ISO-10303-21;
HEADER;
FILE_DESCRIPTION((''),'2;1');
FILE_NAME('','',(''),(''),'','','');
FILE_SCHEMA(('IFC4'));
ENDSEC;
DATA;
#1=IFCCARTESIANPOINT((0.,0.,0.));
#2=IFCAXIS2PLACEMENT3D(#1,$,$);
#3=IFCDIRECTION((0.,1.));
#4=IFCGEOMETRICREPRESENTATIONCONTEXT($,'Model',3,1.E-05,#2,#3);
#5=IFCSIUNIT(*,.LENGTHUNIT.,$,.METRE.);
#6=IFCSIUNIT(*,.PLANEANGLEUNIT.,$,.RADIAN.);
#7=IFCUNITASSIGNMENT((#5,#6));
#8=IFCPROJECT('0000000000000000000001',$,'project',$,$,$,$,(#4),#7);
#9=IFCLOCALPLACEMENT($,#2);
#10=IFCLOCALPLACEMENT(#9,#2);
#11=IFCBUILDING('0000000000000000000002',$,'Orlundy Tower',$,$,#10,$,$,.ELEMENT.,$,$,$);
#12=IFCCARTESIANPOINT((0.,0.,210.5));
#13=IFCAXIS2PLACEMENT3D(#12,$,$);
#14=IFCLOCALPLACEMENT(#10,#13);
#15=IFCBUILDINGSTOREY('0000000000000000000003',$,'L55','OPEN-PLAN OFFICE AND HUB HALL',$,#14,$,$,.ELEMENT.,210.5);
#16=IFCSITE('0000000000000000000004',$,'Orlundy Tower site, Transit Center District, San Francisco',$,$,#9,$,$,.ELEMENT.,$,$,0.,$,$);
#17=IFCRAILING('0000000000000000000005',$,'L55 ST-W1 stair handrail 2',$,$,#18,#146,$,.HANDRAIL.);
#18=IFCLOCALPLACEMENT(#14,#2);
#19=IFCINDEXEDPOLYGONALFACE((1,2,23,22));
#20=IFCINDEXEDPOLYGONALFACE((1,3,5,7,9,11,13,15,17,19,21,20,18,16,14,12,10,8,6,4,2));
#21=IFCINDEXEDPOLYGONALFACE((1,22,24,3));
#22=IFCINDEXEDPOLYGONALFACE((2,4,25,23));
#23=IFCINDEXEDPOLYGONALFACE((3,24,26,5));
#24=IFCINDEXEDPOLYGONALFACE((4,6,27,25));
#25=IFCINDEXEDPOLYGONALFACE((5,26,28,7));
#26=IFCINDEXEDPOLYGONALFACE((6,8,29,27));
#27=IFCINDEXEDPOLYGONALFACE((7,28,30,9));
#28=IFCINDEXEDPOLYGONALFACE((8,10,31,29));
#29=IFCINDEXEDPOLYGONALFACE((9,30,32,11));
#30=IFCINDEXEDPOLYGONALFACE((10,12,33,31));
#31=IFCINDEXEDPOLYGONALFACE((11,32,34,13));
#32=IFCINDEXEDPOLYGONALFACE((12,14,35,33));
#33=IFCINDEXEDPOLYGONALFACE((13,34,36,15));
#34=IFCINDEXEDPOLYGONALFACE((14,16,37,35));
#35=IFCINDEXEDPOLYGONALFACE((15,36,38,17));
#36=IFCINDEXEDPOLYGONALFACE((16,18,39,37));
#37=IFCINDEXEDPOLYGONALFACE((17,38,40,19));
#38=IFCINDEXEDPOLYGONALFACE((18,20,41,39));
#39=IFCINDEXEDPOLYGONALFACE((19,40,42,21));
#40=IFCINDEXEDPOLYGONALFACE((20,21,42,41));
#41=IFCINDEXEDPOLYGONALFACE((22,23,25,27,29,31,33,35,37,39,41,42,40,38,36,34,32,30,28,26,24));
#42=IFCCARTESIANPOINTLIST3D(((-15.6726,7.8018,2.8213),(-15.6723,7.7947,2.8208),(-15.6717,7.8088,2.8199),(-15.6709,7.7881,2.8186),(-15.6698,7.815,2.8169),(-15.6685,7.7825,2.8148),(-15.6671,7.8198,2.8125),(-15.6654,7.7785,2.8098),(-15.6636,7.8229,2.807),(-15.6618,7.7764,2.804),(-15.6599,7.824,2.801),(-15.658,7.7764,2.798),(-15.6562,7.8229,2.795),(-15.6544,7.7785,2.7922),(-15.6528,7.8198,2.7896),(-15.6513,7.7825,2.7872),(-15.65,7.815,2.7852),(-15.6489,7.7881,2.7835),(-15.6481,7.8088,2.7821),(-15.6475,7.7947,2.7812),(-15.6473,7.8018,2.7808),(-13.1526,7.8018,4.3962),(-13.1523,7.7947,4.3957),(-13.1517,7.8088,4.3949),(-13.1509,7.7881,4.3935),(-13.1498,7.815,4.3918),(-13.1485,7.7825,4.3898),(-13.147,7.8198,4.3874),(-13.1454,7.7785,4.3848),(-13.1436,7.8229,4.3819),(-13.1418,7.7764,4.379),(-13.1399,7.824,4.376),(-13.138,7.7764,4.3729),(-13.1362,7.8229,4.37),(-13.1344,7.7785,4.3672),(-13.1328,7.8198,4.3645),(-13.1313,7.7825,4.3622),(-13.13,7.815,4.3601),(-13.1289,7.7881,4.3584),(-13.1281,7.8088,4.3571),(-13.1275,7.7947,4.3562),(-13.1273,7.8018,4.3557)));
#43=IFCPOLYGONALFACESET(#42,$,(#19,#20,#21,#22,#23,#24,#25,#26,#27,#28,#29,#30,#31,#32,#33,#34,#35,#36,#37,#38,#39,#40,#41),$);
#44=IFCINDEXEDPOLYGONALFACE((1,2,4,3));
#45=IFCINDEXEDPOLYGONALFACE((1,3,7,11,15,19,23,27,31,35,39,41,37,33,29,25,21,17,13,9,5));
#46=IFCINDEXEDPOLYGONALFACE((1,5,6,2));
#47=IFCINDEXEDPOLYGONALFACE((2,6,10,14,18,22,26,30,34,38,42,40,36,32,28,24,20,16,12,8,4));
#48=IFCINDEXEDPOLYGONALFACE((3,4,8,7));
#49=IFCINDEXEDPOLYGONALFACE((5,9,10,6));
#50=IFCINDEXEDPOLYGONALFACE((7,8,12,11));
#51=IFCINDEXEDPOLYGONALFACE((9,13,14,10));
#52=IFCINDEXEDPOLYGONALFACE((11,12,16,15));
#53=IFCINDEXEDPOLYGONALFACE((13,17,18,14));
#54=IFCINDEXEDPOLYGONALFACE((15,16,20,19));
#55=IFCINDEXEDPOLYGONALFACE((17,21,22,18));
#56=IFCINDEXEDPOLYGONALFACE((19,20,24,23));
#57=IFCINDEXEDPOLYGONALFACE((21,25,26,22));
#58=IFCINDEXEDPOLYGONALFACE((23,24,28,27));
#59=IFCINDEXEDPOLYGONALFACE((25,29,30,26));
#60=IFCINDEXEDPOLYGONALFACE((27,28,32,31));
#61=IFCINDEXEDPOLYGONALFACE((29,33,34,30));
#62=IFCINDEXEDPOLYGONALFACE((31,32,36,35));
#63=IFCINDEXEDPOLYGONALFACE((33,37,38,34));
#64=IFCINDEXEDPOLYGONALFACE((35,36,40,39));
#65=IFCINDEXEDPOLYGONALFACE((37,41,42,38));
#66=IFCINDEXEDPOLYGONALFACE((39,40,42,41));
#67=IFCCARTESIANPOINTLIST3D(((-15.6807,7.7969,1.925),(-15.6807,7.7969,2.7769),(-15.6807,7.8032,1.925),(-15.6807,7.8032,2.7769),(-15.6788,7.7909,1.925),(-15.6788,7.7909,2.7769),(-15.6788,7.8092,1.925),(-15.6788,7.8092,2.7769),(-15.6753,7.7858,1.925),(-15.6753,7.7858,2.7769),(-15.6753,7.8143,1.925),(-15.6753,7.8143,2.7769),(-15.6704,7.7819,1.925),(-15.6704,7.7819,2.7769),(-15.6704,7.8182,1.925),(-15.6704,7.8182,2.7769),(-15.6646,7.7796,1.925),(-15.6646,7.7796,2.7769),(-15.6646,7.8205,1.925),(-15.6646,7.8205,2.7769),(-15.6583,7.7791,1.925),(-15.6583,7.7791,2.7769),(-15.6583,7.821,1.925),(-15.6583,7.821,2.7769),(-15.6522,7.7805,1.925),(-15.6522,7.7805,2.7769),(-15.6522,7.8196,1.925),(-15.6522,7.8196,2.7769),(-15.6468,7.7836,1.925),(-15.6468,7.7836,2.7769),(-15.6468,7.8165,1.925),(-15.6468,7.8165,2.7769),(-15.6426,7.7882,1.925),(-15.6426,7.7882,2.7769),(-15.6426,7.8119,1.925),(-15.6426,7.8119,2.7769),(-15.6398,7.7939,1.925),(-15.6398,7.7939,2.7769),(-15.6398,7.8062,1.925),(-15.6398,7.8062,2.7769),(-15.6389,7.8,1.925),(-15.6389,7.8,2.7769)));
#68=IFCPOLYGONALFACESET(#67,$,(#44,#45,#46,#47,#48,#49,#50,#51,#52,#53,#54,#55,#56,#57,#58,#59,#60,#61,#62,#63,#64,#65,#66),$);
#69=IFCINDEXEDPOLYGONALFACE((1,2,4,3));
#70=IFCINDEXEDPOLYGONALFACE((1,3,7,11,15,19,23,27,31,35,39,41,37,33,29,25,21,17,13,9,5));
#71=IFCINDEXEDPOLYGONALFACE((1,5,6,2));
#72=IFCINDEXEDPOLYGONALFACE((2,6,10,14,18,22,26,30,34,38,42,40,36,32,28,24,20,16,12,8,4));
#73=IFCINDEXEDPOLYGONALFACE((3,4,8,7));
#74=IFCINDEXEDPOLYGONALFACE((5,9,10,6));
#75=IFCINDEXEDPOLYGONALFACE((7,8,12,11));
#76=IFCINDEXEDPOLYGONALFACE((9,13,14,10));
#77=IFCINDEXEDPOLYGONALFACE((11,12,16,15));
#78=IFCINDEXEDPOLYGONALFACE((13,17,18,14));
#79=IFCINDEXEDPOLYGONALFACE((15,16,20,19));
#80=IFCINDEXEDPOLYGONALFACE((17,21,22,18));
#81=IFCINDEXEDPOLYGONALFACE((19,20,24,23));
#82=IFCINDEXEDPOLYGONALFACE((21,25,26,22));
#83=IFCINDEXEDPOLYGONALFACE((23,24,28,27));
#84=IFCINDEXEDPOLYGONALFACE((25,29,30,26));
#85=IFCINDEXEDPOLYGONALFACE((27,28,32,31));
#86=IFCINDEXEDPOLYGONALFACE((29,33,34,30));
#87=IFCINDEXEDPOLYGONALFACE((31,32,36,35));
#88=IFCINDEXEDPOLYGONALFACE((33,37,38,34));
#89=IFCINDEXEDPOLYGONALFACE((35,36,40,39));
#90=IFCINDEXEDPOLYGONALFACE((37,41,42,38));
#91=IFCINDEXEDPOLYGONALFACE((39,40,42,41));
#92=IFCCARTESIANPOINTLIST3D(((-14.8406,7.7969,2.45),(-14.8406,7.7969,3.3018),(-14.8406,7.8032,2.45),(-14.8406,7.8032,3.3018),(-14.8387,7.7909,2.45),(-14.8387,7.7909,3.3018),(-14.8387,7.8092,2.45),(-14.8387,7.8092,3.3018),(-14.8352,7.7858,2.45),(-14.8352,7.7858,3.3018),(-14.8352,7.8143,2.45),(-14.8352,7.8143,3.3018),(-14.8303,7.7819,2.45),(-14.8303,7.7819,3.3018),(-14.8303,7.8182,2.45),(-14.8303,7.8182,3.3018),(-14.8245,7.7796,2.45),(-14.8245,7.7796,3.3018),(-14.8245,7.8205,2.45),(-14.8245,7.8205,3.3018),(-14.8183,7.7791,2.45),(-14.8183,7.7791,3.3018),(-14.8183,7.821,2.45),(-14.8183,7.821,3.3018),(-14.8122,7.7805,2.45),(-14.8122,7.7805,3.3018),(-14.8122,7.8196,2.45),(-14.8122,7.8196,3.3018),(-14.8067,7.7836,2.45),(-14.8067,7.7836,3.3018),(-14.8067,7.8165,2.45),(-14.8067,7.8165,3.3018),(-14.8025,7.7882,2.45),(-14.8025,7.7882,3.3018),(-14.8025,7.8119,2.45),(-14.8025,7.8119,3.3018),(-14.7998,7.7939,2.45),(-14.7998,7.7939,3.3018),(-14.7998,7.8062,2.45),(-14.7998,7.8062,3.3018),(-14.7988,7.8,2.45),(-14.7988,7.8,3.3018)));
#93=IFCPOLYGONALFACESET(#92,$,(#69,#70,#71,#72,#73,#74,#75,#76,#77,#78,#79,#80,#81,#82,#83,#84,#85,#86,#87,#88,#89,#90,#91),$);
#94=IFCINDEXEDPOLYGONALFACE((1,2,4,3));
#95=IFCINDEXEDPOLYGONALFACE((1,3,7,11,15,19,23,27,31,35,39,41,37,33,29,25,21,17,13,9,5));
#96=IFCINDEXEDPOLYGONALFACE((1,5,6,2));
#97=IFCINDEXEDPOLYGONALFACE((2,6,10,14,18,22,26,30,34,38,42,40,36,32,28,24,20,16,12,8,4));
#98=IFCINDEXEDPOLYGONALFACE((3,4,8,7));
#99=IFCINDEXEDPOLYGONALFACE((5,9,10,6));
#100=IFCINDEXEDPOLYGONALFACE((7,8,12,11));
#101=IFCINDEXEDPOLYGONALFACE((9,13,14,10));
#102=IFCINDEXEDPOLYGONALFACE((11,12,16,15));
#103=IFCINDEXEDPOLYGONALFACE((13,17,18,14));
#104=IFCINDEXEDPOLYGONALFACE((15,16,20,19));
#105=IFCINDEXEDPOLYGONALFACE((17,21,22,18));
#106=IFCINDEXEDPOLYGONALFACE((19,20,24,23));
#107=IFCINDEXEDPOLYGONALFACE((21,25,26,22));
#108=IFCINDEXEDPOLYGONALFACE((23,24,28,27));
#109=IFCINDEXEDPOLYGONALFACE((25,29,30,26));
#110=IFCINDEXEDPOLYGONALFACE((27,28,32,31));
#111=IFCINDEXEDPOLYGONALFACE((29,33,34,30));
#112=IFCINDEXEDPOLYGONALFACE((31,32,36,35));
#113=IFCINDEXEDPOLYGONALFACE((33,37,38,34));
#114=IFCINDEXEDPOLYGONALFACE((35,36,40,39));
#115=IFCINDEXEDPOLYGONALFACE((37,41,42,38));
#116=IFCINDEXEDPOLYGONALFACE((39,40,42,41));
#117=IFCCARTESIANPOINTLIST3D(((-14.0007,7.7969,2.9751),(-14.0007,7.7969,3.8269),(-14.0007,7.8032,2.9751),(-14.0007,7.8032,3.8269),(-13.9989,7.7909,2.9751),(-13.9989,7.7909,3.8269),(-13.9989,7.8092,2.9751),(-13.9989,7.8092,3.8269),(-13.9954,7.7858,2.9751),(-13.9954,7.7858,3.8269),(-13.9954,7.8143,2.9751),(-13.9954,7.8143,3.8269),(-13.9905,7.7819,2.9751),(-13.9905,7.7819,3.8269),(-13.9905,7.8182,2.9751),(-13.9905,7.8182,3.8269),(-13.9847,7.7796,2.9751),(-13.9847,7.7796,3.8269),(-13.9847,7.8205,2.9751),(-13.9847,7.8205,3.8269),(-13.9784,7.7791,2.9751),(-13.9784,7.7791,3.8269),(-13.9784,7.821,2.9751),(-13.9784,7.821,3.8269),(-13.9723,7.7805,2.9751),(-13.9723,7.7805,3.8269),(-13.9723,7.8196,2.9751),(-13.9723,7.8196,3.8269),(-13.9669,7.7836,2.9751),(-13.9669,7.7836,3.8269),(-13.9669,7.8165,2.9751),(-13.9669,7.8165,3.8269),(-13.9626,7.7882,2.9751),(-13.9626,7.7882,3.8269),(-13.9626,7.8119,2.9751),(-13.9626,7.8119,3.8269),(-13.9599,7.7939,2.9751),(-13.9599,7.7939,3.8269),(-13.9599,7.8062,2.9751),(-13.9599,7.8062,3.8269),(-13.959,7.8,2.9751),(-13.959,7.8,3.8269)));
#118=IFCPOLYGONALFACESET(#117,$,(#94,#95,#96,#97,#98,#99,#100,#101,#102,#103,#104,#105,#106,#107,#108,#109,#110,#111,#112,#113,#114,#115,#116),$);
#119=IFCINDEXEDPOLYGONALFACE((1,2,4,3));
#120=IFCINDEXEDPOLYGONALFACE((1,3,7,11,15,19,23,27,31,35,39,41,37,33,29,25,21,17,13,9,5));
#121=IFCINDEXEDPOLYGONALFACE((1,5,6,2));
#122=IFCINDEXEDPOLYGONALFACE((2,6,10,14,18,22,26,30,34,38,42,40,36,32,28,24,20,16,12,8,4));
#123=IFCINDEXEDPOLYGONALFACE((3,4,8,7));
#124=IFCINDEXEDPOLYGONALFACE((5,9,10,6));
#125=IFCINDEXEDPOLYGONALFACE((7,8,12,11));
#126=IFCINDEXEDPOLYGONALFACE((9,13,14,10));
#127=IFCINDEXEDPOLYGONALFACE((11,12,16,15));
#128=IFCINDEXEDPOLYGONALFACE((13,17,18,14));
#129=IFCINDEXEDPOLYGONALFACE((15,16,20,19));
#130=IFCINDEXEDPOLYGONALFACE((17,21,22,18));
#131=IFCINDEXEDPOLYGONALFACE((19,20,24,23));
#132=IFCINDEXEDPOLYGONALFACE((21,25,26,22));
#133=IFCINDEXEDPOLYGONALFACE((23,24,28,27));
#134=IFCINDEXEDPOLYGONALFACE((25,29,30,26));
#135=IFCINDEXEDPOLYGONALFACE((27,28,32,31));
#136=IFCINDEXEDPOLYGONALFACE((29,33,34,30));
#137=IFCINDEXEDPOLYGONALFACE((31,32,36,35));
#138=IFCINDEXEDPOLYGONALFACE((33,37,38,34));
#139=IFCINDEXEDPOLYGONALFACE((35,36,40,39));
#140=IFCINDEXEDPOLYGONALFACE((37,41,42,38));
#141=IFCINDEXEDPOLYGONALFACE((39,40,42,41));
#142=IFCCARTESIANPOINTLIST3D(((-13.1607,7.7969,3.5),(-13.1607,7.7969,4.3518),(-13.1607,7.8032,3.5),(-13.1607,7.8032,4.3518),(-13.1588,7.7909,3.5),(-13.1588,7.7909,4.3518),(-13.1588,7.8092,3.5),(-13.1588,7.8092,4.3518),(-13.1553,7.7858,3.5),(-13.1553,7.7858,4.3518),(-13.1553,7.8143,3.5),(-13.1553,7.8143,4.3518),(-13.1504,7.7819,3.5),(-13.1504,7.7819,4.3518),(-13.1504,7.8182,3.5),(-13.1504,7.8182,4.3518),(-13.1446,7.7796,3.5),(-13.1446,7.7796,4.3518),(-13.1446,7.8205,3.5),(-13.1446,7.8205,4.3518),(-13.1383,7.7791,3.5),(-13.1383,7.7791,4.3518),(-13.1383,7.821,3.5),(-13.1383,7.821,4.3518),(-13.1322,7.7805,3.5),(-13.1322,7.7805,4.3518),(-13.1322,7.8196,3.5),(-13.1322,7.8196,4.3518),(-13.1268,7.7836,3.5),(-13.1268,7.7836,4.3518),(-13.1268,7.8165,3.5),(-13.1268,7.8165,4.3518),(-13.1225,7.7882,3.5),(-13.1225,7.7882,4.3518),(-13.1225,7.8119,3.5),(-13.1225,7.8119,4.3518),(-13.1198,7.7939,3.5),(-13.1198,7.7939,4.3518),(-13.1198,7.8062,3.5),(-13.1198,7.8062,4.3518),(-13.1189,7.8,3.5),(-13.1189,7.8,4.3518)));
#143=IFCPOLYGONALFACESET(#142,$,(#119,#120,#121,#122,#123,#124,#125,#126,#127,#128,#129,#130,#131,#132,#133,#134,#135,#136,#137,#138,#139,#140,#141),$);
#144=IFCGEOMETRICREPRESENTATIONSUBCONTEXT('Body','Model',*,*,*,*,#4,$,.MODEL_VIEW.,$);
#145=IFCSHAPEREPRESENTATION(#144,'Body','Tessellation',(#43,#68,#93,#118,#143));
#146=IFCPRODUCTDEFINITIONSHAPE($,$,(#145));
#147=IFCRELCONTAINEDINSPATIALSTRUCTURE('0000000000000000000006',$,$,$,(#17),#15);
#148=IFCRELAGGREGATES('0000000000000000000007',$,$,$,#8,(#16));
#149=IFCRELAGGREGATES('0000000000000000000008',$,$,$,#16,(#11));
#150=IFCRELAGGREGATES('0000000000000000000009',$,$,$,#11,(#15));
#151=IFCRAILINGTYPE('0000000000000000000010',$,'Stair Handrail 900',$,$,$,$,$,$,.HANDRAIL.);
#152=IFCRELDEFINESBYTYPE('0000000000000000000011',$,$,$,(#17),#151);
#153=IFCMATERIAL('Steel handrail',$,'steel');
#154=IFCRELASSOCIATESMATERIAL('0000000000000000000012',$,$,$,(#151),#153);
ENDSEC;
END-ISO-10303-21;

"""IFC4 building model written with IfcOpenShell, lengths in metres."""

from ifc_helpers import new_model, si_unit, direction, frame, origin, origin_2d, place, context, subcontext, project, spatial, circle, extrude, material, type_object, element, save


model = new_model("IFC4")

# Units and contexts
model_context = context("Model", 3, precision=1e-05, world=origin(), true_north=direction((0.0, 1.0)))
body_context = subcontext(model_context, "Body", "Model", "MODEL_VIEW")
ifc_project = project(units=[si_unit("LENGTHUNIT", "METRE"), si_unit("PLANEANGLEUNIT", "RADIAN")], contexts=[model_context])

# Site, building, storey
site_placement = place(None, origin())
site = spatial("IfcSite", under=ifc_project, at=site_placement, Name="Orlundy Tower site, Transit Center District, San Francisco", CompositionType="ELEMENT", RefElevation=0.0)
building_placement = place(site_placement, origin())
building = spatial("IfcBuilding", under=site, at=building_placement, Name="Orlundy Tower", CompositionType="ELEMENT")
storey_placement = place(building_placement, frame((0.0, 0.0, 210.5)))
storey = spatial("IfcBuildingStorey", under=building, at=storey_placement, Name="L55", Description="OPEN-PLAN OFFICE AND HUB HALL", CompositionType="ELEMENT", Elevation=210.5)

# Railing
ifc_material_1 = material(Name="Steel handrail", Category="steel")
railing_type_1 = type_object("IfcRailingType", Name="Stair Handrail 900", PredefinedType="HANDRAIL", material=ifc_material_1)
railing_1_placement = place(storey_placement, frame((-15.6599, 7.8, 1.925)))
element("IfcRailing", 1, at=railing_1_placement, inside=storey, type_object=railing_type_1, Name="L55 ST-W1 stair handrail 2", PredefinedType="HANDRAIL", context=body_context, shape_type="SweptSolid", body=[
    extrude(circle(Radius=0.0239, at=origin_2d()), frame((0.0, 0.0, 0.876), z_axis=(0.848008, 0.0, 0.529984), x_axis=(0.0, 1.0, 0.0)), (0.0, 0.0, 1.0), 2.9717),
    extrude(circle(Radius=0.021, at=origin_2d()), origin(), (0.0, 0.0, 1.0), 0.8518),
    extrude(circle(Radius=0.021, at=origin_2d()), frame((0.8401, 0.0, 0.5249)), (0.0, 0.0, 1.0), 0.8518),
    extrude(circle(Radius=0.021, at=origin_2d()), frame((1.6799, 0.0, 1.05)), (0.0, 0.0, 1.0), 0.8518),
    extrude(circle(Radius=0.021, at=origin_2d()), frame((2.52, 0.0, 1.575)), (0.0, 0.0, 1.0), 0.8518),
])

save(model, "model.ifc")
